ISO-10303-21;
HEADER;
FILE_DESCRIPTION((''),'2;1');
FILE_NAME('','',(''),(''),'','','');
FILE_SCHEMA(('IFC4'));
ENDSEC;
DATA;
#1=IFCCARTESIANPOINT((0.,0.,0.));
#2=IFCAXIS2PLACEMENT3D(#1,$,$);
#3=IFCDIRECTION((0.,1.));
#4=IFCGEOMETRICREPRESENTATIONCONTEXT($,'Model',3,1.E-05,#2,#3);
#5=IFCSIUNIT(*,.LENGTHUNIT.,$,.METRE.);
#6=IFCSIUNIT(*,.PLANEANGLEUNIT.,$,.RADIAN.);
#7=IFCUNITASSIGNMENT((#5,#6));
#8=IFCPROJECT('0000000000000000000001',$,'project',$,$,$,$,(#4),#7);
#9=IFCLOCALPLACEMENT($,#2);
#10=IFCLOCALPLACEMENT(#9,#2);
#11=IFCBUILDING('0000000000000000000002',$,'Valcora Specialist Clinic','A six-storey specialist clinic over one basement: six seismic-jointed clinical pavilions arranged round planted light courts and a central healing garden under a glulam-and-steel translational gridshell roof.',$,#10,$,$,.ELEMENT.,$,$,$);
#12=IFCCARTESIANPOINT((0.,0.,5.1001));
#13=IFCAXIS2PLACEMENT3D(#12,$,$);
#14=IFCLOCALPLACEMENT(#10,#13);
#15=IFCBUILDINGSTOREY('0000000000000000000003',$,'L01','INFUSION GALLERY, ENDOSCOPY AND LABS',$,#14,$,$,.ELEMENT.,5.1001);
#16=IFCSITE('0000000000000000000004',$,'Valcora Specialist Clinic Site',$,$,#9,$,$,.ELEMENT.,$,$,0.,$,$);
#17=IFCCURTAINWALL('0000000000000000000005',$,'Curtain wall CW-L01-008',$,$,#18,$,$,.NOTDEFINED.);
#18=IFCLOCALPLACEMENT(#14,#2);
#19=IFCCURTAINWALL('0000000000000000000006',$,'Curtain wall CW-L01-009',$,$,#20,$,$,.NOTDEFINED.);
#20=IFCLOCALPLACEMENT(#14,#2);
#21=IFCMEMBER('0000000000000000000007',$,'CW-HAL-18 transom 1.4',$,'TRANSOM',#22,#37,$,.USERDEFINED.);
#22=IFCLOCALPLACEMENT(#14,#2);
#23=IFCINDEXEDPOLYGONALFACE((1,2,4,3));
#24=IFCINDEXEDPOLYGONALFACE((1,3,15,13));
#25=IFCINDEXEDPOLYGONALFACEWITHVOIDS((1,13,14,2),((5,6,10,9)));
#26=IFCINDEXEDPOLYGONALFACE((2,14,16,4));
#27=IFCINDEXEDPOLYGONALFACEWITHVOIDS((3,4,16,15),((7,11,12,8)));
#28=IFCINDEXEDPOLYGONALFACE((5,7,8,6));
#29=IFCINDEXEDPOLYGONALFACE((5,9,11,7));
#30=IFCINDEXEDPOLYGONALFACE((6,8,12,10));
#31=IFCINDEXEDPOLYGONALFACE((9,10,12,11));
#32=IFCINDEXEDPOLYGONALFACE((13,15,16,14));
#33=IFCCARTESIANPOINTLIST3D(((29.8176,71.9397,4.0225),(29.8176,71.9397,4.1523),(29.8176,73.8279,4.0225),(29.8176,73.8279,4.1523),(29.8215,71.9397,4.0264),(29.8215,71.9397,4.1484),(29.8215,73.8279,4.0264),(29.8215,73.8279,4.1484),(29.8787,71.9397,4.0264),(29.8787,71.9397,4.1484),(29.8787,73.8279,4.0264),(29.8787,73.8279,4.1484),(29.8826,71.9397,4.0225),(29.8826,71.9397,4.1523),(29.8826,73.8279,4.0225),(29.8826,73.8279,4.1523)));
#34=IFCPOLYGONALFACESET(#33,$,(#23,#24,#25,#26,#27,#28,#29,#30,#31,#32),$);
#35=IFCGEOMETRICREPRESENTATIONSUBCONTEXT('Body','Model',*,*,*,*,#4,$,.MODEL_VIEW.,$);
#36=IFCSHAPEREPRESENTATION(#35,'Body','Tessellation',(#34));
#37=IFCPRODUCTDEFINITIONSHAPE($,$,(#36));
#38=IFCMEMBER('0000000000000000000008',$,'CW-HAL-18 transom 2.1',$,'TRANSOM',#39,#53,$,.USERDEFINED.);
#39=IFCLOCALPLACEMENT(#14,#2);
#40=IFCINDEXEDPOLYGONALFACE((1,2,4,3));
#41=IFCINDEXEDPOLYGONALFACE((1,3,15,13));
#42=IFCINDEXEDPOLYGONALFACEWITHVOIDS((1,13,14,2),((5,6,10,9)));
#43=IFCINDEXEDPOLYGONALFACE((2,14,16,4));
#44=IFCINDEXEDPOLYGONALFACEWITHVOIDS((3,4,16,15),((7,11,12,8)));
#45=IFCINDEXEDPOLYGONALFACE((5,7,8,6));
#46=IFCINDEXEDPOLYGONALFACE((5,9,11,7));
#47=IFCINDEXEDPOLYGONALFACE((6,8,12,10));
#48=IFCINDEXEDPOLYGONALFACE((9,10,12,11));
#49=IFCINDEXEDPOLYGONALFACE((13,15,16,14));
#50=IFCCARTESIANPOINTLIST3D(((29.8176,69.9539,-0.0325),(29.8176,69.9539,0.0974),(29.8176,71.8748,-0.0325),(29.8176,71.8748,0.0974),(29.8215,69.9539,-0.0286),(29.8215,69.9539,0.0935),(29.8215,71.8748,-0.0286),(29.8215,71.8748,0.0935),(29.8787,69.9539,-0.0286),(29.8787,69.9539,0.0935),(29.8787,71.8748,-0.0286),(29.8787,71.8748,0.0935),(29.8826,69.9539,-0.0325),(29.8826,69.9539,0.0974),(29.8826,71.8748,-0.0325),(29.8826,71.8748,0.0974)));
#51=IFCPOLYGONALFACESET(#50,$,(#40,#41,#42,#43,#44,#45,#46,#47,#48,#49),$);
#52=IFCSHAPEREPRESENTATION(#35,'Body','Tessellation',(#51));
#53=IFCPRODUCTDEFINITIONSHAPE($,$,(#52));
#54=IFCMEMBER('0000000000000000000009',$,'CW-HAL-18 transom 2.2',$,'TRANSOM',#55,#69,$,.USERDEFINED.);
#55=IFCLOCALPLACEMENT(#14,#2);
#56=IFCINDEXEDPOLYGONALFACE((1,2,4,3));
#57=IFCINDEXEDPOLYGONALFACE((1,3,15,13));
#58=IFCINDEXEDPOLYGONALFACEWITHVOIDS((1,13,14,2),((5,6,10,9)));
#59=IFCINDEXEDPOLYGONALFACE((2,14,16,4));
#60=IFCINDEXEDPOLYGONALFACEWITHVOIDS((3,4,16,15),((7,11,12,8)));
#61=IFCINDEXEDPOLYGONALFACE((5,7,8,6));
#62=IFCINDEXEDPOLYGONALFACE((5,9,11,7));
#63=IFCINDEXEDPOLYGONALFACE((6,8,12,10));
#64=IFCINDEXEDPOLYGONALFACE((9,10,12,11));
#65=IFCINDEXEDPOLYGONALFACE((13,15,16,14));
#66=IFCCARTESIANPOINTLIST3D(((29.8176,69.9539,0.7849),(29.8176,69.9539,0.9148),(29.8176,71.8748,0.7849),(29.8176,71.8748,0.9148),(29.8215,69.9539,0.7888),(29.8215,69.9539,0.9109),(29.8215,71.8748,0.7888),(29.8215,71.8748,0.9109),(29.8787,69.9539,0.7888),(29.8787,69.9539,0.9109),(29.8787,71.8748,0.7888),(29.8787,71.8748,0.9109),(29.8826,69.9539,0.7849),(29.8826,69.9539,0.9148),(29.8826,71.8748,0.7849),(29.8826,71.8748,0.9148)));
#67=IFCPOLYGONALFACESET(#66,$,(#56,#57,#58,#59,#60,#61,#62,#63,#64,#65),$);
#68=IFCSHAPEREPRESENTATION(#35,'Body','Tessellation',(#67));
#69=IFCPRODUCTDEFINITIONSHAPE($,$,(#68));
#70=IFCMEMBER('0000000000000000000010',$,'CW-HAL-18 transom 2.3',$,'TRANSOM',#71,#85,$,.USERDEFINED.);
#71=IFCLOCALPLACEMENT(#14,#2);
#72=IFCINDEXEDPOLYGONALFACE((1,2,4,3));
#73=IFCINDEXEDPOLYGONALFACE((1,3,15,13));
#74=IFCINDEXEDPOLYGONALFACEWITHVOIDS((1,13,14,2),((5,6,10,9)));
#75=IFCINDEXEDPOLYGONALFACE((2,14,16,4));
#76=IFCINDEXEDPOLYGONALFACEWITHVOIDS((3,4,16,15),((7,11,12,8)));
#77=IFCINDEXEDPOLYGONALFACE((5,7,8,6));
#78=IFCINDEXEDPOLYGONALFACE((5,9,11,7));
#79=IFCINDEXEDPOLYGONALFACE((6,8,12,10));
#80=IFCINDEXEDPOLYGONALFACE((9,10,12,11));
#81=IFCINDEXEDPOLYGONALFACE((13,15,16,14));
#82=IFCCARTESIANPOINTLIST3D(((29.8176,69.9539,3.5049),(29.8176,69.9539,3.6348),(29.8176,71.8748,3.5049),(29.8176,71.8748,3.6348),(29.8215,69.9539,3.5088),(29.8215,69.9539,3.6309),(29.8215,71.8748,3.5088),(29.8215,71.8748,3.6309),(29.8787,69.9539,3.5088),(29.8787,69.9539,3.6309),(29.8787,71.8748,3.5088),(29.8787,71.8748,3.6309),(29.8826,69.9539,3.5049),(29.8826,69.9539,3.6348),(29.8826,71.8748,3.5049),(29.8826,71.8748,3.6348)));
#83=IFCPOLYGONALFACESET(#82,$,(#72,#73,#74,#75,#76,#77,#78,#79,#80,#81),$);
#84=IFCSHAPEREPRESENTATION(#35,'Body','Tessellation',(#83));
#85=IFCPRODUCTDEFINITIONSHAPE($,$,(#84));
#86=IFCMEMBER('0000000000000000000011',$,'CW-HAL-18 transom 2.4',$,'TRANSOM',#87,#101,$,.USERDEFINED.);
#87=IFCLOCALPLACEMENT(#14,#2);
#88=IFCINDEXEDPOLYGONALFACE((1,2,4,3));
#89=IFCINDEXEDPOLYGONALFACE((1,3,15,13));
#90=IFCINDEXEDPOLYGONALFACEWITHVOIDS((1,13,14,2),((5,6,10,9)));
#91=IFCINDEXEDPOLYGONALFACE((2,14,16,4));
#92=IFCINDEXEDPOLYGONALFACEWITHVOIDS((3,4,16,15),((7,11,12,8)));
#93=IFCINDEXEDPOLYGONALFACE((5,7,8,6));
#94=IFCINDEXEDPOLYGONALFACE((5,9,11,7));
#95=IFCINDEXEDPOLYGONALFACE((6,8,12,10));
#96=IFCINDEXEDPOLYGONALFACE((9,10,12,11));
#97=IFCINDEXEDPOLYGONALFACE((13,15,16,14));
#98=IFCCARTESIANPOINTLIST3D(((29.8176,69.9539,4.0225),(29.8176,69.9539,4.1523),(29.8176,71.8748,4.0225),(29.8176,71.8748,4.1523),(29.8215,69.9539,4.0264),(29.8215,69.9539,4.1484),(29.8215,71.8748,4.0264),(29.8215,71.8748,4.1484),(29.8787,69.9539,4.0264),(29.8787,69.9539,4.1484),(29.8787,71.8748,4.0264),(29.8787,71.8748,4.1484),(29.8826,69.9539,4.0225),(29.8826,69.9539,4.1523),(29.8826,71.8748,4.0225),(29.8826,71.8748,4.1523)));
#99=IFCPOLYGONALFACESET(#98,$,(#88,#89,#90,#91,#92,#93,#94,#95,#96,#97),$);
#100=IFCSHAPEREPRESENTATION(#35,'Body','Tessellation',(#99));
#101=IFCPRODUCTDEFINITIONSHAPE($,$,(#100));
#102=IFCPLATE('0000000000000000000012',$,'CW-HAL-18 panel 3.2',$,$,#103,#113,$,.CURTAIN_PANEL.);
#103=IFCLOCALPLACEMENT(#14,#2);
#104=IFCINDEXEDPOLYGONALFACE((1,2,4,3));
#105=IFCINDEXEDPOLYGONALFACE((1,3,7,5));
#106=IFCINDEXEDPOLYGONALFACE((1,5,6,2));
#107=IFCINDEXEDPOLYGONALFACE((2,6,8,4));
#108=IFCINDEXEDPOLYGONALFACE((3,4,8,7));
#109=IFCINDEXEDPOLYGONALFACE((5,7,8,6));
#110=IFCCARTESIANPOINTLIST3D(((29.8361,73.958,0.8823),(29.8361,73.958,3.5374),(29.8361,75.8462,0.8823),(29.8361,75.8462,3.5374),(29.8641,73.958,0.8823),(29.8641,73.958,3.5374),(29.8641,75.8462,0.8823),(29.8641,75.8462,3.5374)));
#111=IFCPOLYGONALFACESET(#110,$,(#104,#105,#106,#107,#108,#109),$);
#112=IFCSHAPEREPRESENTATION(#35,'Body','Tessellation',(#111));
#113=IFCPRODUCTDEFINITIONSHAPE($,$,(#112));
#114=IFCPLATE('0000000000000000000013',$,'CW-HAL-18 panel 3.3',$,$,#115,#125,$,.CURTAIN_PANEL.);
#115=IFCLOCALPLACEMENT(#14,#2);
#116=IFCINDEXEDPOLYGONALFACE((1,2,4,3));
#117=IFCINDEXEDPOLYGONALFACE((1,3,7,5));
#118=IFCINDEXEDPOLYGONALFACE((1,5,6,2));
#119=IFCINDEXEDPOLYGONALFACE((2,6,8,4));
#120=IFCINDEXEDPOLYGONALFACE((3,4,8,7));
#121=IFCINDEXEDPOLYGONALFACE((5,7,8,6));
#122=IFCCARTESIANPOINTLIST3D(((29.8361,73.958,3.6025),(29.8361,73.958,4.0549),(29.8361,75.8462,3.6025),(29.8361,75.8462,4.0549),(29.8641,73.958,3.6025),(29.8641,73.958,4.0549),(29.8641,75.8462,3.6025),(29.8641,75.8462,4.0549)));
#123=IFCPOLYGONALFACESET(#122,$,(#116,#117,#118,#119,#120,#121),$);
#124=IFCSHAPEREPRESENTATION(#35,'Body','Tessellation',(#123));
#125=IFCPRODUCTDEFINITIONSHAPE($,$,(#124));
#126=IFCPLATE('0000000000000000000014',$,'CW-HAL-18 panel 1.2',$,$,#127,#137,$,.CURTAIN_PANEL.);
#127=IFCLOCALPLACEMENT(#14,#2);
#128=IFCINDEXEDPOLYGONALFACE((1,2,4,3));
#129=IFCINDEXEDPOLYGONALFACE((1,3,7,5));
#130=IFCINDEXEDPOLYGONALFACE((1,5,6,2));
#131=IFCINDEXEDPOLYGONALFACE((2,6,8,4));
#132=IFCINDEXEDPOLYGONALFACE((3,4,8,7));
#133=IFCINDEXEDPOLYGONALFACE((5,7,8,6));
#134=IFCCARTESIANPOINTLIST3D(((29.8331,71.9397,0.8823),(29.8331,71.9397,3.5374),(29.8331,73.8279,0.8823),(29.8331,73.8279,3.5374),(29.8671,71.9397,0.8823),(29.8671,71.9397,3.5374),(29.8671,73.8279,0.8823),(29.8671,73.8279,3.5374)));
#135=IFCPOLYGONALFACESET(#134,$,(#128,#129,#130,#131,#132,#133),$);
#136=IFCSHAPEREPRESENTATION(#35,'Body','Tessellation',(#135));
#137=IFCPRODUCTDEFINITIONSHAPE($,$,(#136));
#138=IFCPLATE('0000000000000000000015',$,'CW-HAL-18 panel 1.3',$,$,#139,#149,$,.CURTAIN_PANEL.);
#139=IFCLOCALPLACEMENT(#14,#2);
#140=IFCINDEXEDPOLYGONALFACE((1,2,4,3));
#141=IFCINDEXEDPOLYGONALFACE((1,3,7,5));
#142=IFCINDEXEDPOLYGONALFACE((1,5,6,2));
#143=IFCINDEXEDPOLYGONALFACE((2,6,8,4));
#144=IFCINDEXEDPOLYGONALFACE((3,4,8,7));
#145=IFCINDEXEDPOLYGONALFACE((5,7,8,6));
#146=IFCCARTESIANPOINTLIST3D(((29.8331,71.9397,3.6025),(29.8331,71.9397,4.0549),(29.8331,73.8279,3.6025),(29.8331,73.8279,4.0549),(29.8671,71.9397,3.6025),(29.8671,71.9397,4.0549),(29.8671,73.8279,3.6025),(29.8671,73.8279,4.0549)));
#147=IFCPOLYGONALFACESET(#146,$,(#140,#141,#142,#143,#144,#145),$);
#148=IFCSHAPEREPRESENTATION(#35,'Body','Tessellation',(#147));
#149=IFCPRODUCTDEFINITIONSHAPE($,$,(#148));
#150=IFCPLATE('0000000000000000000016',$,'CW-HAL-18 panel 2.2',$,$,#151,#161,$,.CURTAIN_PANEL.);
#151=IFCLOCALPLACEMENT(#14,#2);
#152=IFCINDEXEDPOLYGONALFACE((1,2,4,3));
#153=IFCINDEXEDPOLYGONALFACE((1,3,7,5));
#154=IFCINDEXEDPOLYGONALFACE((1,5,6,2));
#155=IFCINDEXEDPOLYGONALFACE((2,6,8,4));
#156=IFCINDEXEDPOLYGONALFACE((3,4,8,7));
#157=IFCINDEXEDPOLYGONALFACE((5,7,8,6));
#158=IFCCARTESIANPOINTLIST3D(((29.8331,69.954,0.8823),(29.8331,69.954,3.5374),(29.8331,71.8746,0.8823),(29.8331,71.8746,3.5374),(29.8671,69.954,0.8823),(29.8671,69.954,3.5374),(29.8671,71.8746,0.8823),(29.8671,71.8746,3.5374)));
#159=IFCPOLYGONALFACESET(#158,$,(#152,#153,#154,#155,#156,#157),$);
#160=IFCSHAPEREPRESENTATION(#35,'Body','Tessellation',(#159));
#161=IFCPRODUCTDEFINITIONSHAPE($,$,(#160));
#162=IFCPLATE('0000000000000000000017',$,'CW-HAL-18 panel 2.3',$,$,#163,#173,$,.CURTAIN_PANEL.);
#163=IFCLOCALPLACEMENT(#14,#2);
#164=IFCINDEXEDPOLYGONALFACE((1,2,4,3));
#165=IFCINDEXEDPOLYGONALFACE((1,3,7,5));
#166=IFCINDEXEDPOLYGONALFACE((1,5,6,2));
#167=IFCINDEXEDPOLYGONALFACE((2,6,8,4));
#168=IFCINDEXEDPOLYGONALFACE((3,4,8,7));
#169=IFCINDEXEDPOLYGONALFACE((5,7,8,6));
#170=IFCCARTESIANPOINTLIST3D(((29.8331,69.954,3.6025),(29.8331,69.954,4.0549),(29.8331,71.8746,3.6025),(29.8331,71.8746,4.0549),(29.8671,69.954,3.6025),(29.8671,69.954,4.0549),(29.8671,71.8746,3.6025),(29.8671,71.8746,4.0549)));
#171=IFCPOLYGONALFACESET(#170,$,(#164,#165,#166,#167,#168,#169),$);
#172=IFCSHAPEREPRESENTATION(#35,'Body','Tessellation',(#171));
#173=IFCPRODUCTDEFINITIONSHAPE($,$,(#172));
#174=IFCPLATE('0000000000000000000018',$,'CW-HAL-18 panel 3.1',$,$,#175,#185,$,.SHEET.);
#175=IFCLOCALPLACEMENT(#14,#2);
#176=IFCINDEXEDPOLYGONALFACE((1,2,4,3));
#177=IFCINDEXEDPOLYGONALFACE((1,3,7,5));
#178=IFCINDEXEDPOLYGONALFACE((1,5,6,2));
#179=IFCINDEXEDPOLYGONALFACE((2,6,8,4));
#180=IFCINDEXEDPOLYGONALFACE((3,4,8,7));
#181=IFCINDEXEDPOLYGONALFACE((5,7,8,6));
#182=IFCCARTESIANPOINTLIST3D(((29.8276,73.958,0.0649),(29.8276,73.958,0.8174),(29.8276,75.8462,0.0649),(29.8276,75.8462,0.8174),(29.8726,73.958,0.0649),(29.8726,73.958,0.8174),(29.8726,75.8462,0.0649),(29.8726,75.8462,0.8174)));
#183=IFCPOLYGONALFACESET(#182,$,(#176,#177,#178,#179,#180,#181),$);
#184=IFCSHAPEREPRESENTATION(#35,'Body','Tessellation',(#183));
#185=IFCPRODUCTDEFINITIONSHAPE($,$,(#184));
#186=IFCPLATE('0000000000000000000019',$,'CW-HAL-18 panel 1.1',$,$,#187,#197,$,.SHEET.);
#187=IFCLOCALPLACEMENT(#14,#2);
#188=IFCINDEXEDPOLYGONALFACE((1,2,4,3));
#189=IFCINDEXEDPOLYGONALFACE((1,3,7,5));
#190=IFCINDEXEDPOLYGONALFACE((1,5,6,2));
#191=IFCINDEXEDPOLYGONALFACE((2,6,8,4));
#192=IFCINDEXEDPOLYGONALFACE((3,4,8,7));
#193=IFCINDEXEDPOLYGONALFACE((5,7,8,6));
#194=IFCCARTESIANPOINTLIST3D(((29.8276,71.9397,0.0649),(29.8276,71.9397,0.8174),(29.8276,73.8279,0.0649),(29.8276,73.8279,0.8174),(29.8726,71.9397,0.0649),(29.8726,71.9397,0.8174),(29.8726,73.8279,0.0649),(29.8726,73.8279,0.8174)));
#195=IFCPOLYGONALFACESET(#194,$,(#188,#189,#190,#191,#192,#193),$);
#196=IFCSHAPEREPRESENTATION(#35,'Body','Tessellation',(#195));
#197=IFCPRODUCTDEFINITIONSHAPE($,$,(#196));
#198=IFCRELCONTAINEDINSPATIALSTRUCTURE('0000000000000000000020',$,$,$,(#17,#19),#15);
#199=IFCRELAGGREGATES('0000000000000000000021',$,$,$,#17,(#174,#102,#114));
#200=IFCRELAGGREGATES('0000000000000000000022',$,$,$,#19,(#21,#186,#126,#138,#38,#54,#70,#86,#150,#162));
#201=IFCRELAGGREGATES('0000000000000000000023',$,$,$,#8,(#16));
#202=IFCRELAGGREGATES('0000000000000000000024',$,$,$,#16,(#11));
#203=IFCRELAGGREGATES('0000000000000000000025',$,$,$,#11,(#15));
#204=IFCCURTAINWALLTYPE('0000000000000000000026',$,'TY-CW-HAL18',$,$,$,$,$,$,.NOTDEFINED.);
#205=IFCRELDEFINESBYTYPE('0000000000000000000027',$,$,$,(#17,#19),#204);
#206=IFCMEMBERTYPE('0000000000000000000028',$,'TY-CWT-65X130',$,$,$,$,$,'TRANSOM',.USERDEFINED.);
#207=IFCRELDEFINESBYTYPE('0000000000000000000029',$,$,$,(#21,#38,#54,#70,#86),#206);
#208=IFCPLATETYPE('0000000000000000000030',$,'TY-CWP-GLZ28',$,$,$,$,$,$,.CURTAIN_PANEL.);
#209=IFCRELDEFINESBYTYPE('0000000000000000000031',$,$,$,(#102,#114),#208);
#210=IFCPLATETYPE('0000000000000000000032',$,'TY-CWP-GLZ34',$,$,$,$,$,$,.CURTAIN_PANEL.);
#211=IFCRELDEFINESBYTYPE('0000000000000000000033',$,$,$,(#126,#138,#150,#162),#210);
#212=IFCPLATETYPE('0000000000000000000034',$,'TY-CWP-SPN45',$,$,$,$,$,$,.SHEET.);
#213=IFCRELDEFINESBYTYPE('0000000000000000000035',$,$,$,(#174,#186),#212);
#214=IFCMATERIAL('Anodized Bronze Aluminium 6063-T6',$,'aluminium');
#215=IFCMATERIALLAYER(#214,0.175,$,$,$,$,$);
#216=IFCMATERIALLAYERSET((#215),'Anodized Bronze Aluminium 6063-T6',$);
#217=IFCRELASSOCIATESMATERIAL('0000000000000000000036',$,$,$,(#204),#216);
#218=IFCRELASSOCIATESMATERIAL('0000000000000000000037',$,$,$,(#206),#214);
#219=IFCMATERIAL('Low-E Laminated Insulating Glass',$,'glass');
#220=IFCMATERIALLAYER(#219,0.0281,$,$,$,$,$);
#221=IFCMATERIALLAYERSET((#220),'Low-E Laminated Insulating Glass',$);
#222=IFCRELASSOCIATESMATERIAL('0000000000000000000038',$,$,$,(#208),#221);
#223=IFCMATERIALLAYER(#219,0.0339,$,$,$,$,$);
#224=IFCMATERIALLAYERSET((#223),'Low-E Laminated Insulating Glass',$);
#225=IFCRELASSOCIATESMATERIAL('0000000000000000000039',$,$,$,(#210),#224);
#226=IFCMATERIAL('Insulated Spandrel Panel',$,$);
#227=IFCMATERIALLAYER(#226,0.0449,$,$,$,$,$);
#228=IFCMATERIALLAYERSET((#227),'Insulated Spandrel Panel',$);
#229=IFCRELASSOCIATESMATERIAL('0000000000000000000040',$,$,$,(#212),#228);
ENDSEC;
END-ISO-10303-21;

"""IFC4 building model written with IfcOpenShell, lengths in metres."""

from ifc_helpers import new_model, si_unit, direction, frame, origin, origin_2d, place, context, subcontext, project, spatial, rectangle, hollow_rectangle, extrude, material, layer, layer_set, material_profile, profile_set, type_object, element, aggregate, save


model = new_model("IFC4")

# Units and contexts
model_context = context("Model", 3, precision=1e-05, world=origin(), true_north=direction((0.0, 1.0)))
body_context = subcontext(model_context, "Body", "Model", "MODEL_VIEW")
ifc_project = project(units=[si_unit("LENGTHUNIT", "METRE"), si_unit("PLANEANGLEUNIT", "RADIAN")], contexts=[model_context])

# Site, building, storey
site_placement = place(None, origin())
site = spatial("IfcSite", under=ifc_project, at=site_placement, Name="Valcora Specialist Clinic Site", CompositionType="ELEMENT", RefElevation=0.0)
building_placement = place(site_placement, origin())
building = spatial("IfcBuilding", under=site, at=building_placement, Name="Valcora Specialist Clinic", Description="A six-storey specialist clinic over one basement: six seismic-jointed clinical pavilions arranged round planted light courts and a central healing garden under a glulam-and-steel translational gridshell roof.", CompositionType="ELEMENT")
storey_placement = place(building_placement, frame((0.0, 0.0, 5.1001)))
storey = spatial("IfcBuildingStorey", under=building, at=storey_placement, Name="L01", Description="INFUSION GALLERY, ENDOSCOPY AND LABS", CompositionType="ELEMENT", Elevation=5.1001)

# Curtain wall
ifc_material_1 = material(Name="Anodized Bronze Aluminium 6063-T6", Category="aluminium")
ifc_layer_1 = layer(ifc_material_1, 0.175)
ifc_layer_set_1 = layer_set([ifc_layer_1], Name="Anodized Bronze Aluminium 6063-T6")
curtain_wall_type = type_object("IfcCurtainWallType", Name="TY-CW-HAL18", PredefinedType="NOTDEFINED", material=ifc_layer_set_1)
curtain_wall_1_placement = place(storey_placement, origin())
curtain_wall_1 = element("IfcCurtainWall", 1, at=curtain_wall_1_placement, inside=storey, type_object=curtain_wall_type, Name="Curtain wall CW-L01-008", PredefinedType="NOTDEFINED")

# Curtain wall, members
curtain_wall_2_placement = place(storey_placement, origin())
curtain_wall_2 = element("IfcCurtainWall", 2, at=curtain_wall_2_placement, inside=storey, type_object=curtain_wall_type, Name="Curtain wall CW-L01-009", PredefinedType="NOTDEFINED")
ifc_material_profile_1 = material_profile(ifc_material_1, hollow_rectangle(XDim=0.0649, YDim=0.1299, WallThickness=0.0039, at=origin_2d()), Name="AL-TRN-65X130")
ifc_profile_set_1 = profile_set([ifc_material_profile_1], Name="Anodized Bronze Aluminium 6063-T6")
member_type_1 = type_object("IfcMemberType", Name="TY-CWT-65X130", ElementType="TRANSOM", PredefinedType="USERDEFINED", material=ifc_profile_set_1)
member_1_placement = place(storey_placement, frame((29.8501, 73.8279, 4.0874), z_axis=(0.0, -1.0, 0.0), x_axis=(1.0, 0.0, 0.0)))
member_1 = element("IfcMember", 3, at=member_1_placement, type_object=member_type_1, Name="CW-HAL-18 transom 1.4", ObjectType="TRANSOM", PredefinedType="USERDEFINED", context=body_context, shape_type="SweptSolid", body=[
    extrude(hollow_rectangle(XDim=0.0649, YDim=0.1299, WallThickness=0.0039, at=origin_2d()), origin(), (0.0, 0.0, 1.0), 1.8882),
])
member_2_placement = place(storey_placement, frame((29.8501, 71.8748, 0.0325), z_axis=(0.0, -1.0, 0.0), x_axis=(1.0, 0.0, 0.0)))
member_2 = element("IfcMember", 4, at=member_2_placement, type_object=member_type_1, Name="CW-HAL-18 transom 2.1", ObjectType="TRANSOM", PredefinedType="USERDEFINED", context=body_context, shape_type="SweptSolid", body=[
    extrude(hollow_rectangle(XDim=0.0649, YDim=0.1299, WallThickness=0.0039, at=origin_2d()), origin(), (0.0, 0.0, 1.0), 1.9209),
])
member_3_placement = place(storey_placement, frame((29.8501, 71.8748, 0.8499), z_axis=(0.0, -1.0, 0.0), x_axis=(1.0, 0.0, 0.0)))
member_3 = element("IfcMember", 5, at=member_3_placement, type_object=member_type_1, Name="CW-HAL-18 transom 2.2", ObjectType="TRANSOM", PredefinedType="USERDEFINED", context=body_context, shape_type="SweptSolid", body=[
    extrude(hollow_rectangle(XDim=0.0649, YDim=0.1299, WallThickness=0.0039, at=origin_2d()), origin(), (0.0, 0.0, 1.0), 1.9209),
])
member_4_placement = place(storey_placement, frame((29.8501, 71.8748, 3.5698), z_axis=(0.0, -1.0, 0.0), x_axis=(1.0, 0.0, 0.0)))
member_4 = element("IfcMember", 6, at=member_4_placement, type_object=member_type_1, Name="CW-HAL-18 transom 2.3", ObjectType="TRANSOM", PredefinedType="USERDEFINED", context=body_context, shape_type="SweptSolid", body=[
    extrude(hollow_rectangle(XDim=0.0649, YDim=0.1299, WallThickness=0.0039, at=origin_2d()), origin(), (0.0, 0.0, 1.0), 1.9209),
])
member_5_placement = place(storey_placement, frame((29.8501, 71.8748, 4.0874), z_axis=(0.0, -1.0, 0.0), x_axis=(1.0, 0.0, 0.0)))
member_5 = element("IfcMember", 7, at=member_5_placement, type_object=member_type_1, Name="CW-HAL-18 transom 2.4", ObjectType="TRANSOM", PredefinedType="USERDEFINED", context=body_context, shape_type="SweptSolid", body=[
    extrude(hollow_rectangle(XDim=0.0649, YDim=0.1299, WallThickness=0.0039, at=origin_2d()), origin(), (0.0, 0.0, 1.0), 1.9209),
])

# Plates
ifc_material_2 = material(Name="Low-E Laminated Insulating Glass", Category="glass")
ifc_layer_2 = layer(ifc_material_2, 0.0281)
ifc_layer_set_2 = layer_set([ifc_layer_2], Name="Low-E Laminated Insulating Glass")
plate_type_1 = type_object("IfcPlateType", Name="TY-CWP-GLZ28", PredefinedType="CURTAIN_PANEL", material=ifc_layer_set_2)
plate_1_placement = place(storey_placement, frame((29.8501, 74.9021, 0.8823), z_axis=(0.0, 0.0, 1.0), x_axis=(0.0, -1.0, 0.0)))
plate_1 = element("IfcPlate", 8, at=plate_1_placement, type_object=plate_type_1, Name="CW-HAL-18 panel 3.2", PredefinedType="CURTAIN_PANEL", context=body_context, shape_type="SweptSolid", body=[
    extrude(rectangle(XDim=1.8882, YDim=0.0281, at=origin_2d()), origin(), (0.0, 0.0, 1.0), 2.655),
])
plate_2_placement = place(storey_placement, frame((29.8501, 74.9021, 3.6025), z_axis=(0.0, 0.0, 1.0), x_axis=(0.0, -1.0, 0.0)))
plate_2 = element("IfcPlate", 9, at=plate_2_placement, type_object=plate_type_1, Name="CW-HAL-18 panel 3.3", PredefinedType="CURTAIN_PANEL", context=body_context, shape_type="SweptSolid", body=[
    extrude(rectangle(XDim=1.8882, YDim=0.0281, at=origin_2d()), origin(), (0.0, 0.0, 1.0), 0.4524),
])
ifc_layer_3 = layer(ifc_material_2, 0.0339)
ifc_layer_set_3 = layer_set([ifc_layer_3], Name="Low-E Laminated Insulating Glass")
plate_type_2 = type_object("IfcPlateType", Name="TY-CWP-GLZ34", PredefinedType="CURTAIN_PANEL", material=ifc_layer_set_3)
plate_3_placement = place(storey_placement, frame((29.8501, 72.8838, 0.8823), z_axis=(0.0, 0.0, 1.0), x_axis=(0.0, -1.0, 0.0)))
plate_3 = element("IfcPlate", 10, at=plate_3_placement, type_object=plate_type_2, Name="CW-HAL-18 panel 1.2", PredefinedType="CURTAIN_PANEL", context=body_context, shape_type="SweptSolid", body=[
    extrude(rectangle(XDim=1.8882, YDim=0.0339, at=origin_2d()), origin(), (0.0, 0.0, 1.0), 2.655),
])
plate_4_placement = place(storey_placement, frame((29.8501, 72.8838, 3.6025), z_axis=(0.0, 0.0, 1.0), x_axis=(0.0, -1.0, 0.0)))
plate_4 = element("IfcPlate", 11, at=plate_4_placement, type_object=plate_type_2, Name="CW-HAL-18 panel 1.3", PredefinedType="CURTAIN_PANEL", context=body_context, shape_type="SweptSolid", body=[
    extrude(rectangle(XDim=1.8882, YDim=0.0339, at=origin_2d()), origin(), (0.0, 0.0, 1.0), 0.4524),
])
plate_5_placement = place(storey_placement, frame((29.8501, 70.9143, 0.8823), z_axis=(0.0, 0.0, 1.0), x_axis=(0.0, -1.0, 0.0)))
plate_5 = element("IfcPlate", 12, at=plate_5_placement, type_object=plate_type_2, Name="CW-HAL-18 panel 2.2", PredefinedType="CURTAIN_PANEL", context=body_context, shape_type="SweptSolid", body=[
    extrude(rectangle(XDim=1.9207, YDim=0.0339, at=origin_2d()), origin(), (0.0, 0.0, 1.0), 2.655),
])
plate_6_placement = place(storey_placement, frame((29.8501, 70.9143, 3.6025), z_axis=(0.0, 0.0, 1.0), x_axis=(0.0, -1.0, 0.0)))
plate_6 = element("IfcPlate", 13, at=plate_6_placement, type_object=plate_type_2, Name="CW-HAL-18 panel 2.3", PredefinedType="CURTAIN_PANEL", context=body_context, shape_type="SweptSolid", body=[
    extrude(rectangle(XDim=1.9207, YDim=0.0339, at=origin_2d()), origin(), (0.0, 0.0, 1.0), 0.4524),
])
ifc_material_3 = material(Name="Insulated Spandrel Panel")
ifc_layer_4 = layer(ifc_material_3, 0.0449)
ifc_layer_set_4 = layer_set([ifc_layer_4], Name="Insulated Spandrel Panel")
plate_type_3 = type_object("IfcPlateType", Name="TY-CWP-SPN45", PredefinedType="SHEET", material=ifc_layer_set_4)
plate_7_placement = place(storey_placement, frame((29.8501, 74.9021, 0.0649), z_axis=(0.0, 0.0, 1.0), x_axis=(0.0, -1.0, 0.0)))
plate_7 = element("IfcPlate", 14, at=plate_7_placement, type_object=plate_type_3, Name="CW-HAL-18 panel 3.1", PredefinedType="SHEET", context=body_context, shape_type="SweptSolid", body=[
    extrude(rectangle(XDim=1.8882, YDim=0.0449, at=origin_2d()), origin(), (0.0, 0.0, 1.0), 0.7524),
])
aggregate(curtain_wall_1, [plate_7, plate_1, plate_2])
plate_8_placement = place(storey_placement, frame((29.8501, 72.8838, 0.0649), z_axis=(0.0, 0.0, 1.0), x_axis=(0.0, -1.0, 0.0)))
plate_8 = element("IfcPlate", 15, at=plate_8_placement, type_object=plate_type_3, Name="CW-HAL-18 panel 1.1", PredefinedType="SHEET", context=body_context, shape_type="SweptSolid", body=[
    extrude(rectangle(XDim=1.8882, YDim=0.0449, at=origin_2d()), origin(), (0.0, 0.0, 1.0), 0.7524),
])
aggregate(curtain_wall_2, [member_1, plate_8, plate_3, plate_4, member_2, member_3, member_4, member_5, plate_5, plate_6])

save(model, "model.ifc")
